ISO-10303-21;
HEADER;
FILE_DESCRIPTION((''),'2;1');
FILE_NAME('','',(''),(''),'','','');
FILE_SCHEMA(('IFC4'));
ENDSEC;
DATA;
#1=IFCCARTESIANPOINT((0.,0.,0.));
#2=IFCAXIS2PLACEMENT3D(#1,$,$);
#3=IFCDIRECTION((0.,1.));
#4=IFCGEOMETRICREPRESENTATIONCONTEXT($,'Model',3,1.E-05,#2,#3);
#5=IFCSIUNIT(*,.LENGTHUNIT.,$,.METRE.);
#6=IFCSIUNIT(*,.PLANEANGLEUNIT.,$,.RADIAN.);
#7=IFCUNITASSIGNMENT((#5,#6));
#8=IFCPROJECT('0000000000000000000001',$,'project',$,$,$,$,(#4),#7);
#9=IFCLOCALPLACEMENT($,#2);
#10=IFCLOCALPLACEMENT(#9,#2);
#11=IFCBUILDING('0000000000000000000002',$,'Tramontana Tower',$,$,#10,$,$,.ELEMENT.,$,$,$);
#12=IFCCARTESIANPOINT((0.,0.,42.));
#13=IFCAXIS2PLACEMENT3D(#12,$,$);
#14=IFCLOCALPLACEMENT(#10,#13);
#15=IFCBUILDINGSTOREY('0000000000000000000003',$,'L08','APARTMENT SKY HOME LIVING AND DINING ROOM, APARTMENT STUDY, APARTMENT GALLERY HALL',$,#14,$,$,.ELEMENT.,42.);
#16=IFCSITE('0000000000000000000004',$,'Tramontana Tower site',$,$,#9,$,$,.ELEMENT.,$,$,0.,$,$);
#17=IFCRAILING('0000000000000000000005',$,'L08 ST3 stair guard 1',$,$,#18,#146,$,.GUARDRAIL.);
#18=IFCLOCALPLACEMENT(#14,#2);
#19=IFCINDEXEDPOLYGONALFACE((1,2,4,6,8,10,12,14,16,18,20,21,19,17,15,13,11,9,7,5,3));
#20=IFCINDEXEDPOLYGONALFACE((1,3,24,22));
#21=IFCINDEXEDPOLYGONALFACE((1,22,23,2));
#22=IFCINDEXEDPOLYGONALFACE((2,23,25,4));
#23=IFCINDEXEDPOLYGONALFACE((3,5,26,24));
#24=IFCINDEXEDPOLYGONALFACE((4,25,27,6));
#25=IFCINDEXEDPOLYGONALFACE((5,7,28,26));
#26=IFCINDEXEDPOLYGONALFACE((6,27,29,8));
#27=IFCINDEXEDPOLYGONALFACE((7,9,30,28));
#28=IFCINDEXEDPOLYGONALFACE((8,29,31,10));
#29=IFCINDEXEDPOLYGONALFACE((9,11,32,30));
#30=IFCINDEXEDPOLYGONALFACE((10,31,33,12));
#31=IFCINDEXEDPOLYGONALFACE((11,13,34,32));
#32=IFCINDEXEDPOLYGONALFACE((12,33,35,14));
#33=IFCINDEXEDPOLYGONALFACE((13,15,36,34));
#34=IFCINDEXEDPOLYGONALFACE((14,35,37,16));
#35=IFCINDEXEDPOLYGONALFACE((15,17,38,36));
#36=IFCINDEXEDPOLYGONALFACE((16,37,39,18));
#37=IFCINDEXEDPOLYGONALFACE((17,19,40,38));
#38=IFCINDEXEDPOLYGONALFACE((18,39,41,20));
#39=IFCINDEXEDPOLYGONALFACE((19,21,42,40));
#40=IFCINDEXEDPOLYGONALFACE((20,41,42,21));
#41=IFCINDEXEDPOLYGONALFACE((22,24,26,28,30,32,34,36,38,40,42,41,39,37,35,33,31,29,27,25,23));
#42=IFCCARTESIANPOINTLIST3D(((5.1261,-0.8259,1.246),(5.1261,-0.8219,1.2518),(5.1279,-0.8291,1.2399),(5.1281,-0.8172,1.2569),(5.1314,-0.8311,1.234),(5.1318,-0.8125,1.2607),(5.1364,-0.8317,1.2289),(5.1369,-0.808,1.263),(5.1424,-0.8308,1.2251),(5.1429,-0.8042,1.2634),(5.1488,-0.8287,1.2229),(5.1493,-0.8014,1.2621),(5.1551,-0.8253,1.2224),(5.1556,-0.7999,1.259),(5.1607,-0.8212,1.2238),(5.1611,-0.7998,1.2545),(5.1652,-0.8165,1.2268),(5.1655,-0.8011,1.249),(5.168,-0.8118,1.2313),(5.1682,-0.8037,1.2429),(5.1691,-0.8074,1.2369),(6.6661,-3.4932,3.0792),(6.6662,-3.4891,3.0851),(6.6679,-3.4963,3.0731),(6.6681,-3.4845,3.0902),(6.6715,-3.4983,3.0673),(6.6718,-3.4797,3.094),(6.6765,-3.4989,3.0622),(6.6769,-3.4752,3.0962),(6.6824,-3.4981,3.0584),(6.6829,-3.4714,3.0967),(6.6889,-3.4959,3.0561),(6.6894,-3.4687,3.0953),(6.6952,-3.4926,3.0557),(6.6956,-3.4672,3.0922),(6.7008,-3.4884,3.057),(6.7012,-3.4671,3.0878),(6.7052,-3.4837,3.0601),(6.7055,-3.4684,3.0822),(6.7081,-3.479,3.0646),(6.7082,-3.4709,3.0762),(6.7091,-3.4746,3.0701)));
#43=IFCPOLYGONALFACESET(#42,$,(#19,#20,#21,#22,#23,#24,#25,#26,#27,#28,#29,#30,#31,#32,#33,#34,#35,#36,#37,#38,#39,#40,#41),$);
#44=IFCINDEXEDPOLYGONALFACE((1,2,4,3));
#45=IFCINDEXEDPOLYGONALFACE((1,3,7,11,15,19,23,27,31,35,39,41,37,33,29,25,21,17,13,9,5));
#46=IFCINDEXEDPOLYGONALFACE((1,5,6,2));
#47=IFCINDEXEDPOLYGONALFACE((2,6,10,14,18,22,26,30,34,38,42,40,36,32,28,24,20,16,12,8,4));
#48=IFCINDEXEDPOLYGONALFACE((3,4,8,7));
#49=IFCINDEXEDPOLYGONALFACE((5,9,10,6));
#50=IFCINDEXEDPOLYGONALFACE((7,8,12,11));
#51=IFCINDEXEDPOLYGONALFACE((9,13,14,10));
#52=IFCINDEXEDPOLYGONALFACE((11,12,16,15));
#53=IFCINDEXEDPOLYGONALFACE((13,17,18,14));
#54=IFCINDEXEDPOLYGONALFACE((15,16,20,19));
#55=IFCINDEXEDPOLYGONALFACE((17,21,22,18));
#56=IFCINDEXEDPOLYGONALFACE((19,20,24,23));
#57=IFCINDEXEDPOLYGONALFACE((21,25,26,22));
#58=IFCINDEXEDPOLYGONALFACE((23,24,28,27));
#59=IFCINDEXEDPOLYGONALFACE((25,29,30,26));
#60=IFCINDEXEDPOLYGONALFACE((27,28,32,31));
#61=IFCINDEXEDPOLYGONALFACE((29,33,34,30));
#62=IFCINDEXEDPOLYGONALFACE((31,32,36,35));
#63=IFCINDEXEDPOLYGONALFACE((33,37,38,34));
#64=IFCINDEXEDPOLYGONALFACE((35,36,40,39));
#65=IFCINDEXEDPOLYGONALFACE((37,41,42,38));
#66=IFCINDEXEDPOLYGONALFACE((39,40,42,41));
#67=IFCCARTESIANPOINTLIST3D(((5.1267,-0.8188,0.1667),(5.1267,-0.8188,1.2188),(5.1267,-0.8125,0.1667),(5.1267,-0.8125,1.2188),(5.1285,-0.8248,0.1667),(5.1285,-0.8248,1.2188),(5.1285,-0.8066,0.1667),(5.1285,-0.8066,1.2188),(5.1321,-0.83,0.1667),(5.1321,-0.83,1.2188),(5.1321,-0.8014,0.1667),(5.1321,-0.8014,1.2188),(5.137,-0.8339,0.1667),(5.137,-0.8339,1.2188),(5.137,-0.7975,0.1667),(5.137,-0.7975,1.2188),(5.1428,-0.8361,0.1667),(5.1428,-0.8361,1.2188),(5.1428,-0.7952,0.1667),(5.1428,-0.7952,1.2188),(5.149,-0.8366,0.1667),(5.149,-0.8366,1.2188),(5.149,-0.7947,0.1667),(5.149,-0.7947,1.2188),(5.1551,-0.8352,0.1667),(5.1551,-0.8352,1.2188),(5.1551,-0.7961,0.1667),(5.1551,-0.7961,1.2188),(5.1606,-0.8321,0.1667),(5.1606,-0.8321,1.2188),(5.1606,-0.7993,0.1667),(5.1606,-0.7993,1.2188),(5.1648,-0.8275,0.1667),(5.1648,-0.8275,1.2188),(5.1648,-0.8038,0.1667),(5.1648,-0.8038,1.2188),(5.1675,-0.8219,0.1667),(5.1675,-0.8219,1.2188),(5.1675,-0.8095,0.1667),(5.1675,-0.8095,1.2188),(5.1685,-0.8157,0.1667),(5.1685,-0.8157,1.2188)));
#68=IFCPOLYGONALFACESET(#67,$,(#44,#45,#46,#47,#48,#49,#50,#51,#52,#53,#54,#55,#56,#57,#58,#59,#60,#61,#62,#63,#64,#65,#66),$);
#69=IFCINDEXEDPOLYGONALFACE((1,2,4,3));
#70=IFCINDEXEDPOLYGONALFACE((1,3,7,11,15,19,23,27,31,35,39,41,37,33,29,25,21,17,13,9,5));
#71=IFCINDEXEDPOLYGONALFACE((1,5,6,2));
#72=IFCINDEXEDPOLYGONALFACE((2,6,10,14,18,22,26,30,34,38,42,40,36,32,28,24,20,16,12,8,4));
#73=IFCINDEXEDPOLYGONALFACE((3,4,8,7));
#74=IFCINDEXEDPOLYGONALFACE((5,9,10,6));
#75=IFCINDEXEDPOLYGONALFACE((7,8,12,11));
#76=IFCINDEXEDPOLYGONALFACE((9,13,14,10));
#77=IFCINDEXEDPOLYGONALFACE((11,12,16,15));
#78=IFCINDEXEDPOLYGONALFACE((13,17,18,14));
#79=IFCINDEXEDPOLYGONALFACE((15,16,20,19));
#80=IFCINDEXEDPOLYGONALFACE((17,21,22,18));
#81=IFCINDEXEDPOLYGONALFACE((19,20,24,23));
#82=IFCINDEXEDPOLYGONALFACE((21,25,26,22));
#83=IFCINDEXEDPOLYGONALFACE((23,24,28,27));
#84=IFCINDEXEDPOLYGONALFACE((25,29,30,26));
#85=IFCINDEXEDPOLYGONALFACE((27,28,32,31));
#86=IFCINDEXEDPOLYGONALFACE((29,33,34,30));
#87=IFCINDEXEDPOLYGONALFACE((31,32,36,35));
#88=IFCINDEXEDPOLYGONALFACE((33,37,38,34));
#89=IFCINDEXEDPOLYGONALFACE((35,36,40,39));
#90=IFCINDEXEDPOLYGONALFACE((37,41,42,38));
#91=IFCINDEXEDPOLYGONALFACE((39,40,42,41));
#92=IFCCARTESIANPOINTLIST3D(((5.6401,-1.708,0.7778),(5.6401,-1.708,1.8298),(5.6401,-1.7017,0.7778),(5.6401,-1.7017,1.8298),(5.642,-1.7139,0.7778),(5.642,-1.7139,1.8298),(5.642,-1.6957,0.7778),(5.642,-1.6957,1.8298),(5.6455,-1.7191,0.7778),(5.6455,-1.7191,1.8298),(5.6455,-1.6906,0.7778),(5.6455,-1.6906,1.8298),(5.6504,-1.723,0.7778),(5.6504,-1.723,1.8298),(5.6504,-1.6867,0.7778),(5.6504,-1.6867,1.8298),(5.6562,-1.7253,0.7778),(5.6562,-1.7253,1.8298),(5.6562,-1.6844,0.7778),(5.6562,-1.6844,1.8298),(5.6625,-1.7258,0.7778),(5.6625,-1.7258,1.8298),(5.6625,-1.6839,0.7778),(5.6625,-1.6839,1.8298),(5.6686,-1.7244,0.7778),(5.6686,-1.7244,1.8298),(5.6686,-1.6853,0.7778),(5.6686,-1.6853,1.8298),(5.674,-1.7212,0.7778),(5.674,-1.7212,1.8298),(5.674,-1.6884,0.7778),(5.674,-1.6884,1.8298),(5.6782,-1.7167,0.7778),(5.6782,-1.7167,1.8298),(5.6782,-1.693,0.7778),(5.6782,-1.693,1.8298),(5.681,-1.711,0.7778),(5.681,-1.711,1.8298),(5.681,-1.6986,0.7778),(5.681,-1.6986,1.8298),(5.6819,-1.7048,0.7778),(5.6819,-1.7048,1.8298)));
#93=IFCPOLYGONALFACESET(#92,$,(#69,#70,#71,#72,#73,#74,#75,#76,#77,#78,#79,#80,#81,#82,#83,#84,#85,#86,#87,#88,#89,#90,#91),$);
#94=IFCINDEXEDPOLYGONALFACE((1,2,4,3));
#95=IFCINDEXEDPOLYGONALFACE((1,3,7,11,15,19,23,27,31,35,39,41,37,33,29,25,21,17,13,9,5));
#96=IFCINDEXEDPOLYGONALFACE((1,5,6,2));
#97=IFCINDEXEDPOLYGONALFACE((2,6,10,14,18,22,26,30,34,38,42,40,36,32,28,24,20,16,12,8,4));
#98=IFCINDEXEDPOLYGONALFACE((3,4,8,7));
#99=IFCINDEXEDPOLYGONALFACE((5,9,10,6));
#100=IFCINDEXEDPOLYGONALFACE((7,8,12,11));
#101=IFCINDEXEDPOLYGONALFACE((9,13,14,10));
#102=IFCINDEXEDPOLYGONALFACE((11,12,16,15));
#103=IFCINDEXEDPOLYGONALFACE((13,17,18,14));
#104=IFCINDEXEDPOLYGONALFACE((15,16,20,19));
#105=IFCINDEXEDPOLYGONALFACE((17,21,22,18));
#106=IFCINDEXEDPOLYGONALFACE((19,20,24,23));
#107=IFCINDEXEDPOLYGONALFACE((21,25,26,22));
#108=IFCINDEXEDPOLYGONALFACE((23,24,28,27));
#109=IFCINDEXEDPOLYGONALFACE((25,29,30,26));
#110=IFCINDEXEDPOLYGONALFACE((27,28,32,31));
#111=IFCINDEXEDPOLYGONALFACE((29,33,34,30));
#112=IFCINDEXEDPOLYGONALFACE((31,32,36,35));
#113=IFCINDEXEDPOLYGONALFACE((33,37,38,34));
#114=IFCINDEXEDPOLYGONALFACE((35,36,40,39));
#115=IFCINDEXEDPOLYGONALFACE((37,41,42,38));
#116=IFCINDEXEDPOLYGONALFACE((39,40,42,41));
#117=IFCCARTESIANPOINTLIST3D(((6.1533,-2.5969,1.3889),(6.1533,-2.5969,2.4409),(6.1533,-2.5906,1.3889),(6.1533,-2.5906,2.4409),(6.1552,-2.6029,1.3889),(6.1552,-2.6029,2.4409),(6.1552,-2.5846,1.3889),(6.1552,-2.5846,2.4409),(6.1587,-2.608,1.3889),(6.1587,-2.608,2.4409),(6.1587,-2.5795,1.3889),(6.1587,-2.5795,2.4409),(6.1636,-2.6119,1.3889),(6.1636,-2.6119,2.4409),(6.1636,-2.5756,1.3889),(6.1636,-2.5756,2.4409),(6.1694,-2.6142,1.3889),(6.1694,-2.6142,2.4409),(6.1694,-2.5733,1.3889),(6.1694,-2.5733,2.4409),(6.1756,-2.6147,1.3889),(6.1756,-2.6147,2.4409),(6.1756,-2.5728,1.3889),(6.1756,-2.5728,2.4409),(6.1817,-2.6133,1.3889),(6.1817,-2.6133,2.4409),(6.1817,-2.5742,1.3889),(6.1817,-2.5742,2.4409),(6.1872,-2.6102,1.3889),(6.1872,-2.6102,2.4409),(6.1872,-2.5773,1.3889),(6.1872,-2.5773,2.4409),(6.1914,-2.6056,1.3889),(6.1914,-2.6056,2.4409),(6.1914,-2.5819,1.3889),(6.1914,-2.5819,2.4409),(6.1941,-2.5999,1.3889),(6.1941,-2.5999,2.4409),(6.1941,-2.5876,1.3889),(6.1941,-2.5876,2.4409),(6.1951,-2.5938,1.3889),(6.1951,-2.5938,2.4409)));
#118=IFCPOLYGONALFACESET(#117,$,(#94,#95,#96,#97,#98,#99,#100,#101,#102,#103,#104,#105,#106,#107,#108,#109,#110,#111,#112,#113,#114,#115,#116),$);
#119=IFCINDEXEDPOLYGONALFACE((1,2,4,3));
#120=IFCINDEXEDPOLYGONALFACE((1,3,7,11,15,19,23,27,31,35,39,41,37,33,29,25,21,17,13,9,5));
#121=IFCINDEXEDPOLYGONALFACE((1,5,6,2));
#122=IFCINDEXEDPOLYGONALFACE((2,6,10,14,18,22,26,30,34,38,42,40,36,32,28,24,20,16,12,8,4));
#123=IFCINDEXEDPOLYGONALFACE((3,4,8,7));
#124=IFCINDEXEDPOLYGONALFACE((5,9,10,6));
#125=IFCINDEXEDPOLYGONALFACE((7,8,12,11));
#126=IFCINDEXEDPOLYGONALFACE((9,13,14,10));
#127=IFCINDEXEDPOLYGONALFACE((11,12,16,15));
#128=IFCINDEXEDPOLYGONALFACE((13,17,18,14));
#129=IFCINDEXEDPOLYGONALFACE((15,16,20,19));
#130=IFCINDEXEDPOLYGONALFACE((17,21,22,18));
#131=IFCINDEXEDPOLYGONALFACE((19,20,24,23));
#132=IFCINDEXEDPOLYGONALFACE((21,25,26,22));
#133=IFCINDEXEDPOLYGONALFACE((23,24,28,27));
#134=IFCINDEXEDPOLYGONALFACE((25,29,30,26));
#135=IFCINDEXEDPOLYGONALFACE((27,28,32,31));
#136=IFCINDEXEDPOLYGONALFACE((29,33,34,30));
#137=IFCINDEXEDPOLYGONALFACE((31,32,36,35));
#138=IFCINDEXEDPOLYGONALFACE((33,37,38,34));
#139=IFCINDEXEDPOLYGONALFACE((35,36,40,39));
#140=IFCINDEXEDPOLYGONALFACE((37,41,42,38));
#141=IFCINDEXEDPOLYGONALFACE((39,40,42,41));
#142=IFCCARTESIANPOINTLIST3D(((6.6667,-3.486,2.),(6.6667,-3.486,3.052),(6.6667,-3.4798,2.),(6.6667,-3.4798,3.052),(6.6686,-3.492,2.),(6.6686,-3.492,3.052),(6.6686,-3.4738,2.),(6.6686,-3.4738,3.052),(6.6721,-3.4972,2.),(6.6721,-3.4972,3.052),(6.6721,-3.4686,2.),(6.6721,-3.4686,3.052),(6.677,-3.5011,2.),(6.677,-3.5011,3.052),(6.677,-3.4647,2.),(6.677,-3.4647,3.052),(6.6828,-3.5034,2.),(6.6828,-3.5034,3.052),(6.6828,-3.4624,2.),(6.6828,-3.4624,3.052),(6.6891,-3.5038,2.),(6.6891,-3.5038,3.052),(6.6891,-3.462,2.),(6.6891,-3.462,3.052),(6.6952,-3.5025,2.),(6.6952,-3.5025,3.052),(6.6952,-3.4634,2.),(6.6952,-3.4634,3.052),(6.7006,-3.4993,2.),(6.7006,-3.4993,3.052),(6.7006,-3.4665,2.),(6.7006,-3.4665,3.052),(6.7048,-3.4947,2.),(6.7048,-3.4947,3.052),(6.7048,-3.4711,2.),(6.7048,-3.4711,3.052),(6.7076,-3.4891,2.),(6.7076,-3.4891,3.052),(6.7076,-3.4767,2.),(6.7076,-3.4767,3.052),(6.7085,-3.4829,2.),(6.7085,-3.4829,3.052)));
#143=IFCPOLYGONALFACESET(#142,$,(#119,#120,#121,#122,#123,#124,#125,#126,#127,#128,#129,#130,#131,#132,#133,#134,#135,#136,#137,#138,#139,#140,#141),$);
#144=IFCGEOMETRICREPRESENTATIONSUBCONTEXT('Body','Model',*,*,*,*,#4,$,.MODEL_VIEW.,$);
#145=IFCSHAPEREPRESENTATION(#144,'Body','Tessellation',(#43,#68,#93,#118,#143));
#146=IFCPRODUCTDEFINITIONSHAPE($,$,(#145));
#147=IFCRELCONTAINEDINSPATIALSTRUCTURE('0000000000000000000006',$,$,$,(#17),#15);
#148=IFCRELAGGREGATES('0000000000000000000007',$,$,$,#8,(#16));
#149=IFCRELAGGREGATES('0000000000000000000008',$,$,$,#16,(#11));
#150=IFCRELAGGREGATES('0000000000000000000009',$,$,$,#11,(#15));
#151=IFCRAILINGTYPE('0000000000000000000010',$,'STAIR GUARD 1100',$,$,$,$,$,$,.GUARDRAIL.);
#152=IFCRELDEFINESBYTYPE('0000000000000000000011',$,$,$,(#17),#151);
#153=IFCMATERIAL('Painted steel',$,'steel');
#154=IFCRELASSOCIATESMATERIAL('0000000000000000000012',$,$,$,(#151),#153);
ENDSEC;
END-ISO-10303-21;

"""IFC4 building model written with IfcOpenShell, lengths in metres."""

from ifc_helpers import new_model, si_unit, direction, frame, origin, origin_2d, place, context, subcontext, project, spatial, circle, extrude, material, type_object, element, save


model = new_model("IFC4")

# Units and contexts
model_context = context("Model", 3, precision=1e-05, world=origin(), true_north=direction((0.0, 1.0)))
body_context = subcontext(model_context, "Body", "Model", "MODEL_VIEW")
ifc_project = project(units=[si_unit("LENGTHUNIT", "METRE"), si_unit("PLANEANGLEUNIT", "RADIAN")], contexts=[model_context])

# Site, building, storey
site_placement = place(None, origin())
site = spatial("IfcSite", under=ifc_project, at=site_placement, Name="Tramontana Tower site", CompositionType="ELEMENT", RefElevation=0.0)
building_placement = place(site_placement, origin())
building = spatial("IfcBuilding", under=site, at=building_placement, Name="Tramontana Tower", CompositionType="ELEMENT")
storey_placement = place(building_placement, frame((0.0, 0.0, 42.0)))
storey = spatial("IfcBuildingStorey", under=building, at=storey_placement, Name="L08", Description="APARTMENT SKY HOME LIVING AND DINING ROOM, APARTMENT STUDY, APARTMENT GALLERY HALL", CompositionType="ELEMENT", Elevation=42.0)

# Railing
ifc_material_1 = material(Name="Painted steel", Category="steel")
railing_type = type_object("IfcRailingType", Name="STAIR GUARD 1100", PredefinedType="GUARDRAIL", material=ifc_material_1)
railing_1_placement = place(storey_placement, frame((5.1475, -0.8157, 0.1667)))
element("IfcRailing", 1, at=railing_1_placement, inside=storey, type_object=railing_type, Name="L08 ST3 stair guard 1", PredefinedType="GUARDRAIL", context=body_context, shape_type="SweptSolid", body=[
    extrude(circle(Radius=0.0239, at=origin_2d()), frame((0.0, 0.0, 1.0762), z_axis=(0.429671, -0.744159, 0.511478), x_axis=(0.86601, 0.500027, 0.0)), (0.0, 0.0, 1.0), 3.5842),
    extrude(circle(Radius=0.021, at=origin_2d()), origin(), (0.0, 0.0, 1.0), 1.052),
    extrude(circle(Radius=0.021, at=origin_2d()), frame((0.5134, -0.8892, 0.6111)), (0.0, 0.0, 1.0), 1.052),
    extrude(circle(Radius=0.021, at=origin_2d()), frame((1.0266, -1.7781, 1.2222)), (0.0, 0.0, 1.0), 1.052),
    extrude(circle(Radius=0.021, at=origin_2d()), frame((1.54, -2.6672, 1.8333)), (0.0, 0.0, 1.0), 1.052),
])

save(model, "model.ifc")
